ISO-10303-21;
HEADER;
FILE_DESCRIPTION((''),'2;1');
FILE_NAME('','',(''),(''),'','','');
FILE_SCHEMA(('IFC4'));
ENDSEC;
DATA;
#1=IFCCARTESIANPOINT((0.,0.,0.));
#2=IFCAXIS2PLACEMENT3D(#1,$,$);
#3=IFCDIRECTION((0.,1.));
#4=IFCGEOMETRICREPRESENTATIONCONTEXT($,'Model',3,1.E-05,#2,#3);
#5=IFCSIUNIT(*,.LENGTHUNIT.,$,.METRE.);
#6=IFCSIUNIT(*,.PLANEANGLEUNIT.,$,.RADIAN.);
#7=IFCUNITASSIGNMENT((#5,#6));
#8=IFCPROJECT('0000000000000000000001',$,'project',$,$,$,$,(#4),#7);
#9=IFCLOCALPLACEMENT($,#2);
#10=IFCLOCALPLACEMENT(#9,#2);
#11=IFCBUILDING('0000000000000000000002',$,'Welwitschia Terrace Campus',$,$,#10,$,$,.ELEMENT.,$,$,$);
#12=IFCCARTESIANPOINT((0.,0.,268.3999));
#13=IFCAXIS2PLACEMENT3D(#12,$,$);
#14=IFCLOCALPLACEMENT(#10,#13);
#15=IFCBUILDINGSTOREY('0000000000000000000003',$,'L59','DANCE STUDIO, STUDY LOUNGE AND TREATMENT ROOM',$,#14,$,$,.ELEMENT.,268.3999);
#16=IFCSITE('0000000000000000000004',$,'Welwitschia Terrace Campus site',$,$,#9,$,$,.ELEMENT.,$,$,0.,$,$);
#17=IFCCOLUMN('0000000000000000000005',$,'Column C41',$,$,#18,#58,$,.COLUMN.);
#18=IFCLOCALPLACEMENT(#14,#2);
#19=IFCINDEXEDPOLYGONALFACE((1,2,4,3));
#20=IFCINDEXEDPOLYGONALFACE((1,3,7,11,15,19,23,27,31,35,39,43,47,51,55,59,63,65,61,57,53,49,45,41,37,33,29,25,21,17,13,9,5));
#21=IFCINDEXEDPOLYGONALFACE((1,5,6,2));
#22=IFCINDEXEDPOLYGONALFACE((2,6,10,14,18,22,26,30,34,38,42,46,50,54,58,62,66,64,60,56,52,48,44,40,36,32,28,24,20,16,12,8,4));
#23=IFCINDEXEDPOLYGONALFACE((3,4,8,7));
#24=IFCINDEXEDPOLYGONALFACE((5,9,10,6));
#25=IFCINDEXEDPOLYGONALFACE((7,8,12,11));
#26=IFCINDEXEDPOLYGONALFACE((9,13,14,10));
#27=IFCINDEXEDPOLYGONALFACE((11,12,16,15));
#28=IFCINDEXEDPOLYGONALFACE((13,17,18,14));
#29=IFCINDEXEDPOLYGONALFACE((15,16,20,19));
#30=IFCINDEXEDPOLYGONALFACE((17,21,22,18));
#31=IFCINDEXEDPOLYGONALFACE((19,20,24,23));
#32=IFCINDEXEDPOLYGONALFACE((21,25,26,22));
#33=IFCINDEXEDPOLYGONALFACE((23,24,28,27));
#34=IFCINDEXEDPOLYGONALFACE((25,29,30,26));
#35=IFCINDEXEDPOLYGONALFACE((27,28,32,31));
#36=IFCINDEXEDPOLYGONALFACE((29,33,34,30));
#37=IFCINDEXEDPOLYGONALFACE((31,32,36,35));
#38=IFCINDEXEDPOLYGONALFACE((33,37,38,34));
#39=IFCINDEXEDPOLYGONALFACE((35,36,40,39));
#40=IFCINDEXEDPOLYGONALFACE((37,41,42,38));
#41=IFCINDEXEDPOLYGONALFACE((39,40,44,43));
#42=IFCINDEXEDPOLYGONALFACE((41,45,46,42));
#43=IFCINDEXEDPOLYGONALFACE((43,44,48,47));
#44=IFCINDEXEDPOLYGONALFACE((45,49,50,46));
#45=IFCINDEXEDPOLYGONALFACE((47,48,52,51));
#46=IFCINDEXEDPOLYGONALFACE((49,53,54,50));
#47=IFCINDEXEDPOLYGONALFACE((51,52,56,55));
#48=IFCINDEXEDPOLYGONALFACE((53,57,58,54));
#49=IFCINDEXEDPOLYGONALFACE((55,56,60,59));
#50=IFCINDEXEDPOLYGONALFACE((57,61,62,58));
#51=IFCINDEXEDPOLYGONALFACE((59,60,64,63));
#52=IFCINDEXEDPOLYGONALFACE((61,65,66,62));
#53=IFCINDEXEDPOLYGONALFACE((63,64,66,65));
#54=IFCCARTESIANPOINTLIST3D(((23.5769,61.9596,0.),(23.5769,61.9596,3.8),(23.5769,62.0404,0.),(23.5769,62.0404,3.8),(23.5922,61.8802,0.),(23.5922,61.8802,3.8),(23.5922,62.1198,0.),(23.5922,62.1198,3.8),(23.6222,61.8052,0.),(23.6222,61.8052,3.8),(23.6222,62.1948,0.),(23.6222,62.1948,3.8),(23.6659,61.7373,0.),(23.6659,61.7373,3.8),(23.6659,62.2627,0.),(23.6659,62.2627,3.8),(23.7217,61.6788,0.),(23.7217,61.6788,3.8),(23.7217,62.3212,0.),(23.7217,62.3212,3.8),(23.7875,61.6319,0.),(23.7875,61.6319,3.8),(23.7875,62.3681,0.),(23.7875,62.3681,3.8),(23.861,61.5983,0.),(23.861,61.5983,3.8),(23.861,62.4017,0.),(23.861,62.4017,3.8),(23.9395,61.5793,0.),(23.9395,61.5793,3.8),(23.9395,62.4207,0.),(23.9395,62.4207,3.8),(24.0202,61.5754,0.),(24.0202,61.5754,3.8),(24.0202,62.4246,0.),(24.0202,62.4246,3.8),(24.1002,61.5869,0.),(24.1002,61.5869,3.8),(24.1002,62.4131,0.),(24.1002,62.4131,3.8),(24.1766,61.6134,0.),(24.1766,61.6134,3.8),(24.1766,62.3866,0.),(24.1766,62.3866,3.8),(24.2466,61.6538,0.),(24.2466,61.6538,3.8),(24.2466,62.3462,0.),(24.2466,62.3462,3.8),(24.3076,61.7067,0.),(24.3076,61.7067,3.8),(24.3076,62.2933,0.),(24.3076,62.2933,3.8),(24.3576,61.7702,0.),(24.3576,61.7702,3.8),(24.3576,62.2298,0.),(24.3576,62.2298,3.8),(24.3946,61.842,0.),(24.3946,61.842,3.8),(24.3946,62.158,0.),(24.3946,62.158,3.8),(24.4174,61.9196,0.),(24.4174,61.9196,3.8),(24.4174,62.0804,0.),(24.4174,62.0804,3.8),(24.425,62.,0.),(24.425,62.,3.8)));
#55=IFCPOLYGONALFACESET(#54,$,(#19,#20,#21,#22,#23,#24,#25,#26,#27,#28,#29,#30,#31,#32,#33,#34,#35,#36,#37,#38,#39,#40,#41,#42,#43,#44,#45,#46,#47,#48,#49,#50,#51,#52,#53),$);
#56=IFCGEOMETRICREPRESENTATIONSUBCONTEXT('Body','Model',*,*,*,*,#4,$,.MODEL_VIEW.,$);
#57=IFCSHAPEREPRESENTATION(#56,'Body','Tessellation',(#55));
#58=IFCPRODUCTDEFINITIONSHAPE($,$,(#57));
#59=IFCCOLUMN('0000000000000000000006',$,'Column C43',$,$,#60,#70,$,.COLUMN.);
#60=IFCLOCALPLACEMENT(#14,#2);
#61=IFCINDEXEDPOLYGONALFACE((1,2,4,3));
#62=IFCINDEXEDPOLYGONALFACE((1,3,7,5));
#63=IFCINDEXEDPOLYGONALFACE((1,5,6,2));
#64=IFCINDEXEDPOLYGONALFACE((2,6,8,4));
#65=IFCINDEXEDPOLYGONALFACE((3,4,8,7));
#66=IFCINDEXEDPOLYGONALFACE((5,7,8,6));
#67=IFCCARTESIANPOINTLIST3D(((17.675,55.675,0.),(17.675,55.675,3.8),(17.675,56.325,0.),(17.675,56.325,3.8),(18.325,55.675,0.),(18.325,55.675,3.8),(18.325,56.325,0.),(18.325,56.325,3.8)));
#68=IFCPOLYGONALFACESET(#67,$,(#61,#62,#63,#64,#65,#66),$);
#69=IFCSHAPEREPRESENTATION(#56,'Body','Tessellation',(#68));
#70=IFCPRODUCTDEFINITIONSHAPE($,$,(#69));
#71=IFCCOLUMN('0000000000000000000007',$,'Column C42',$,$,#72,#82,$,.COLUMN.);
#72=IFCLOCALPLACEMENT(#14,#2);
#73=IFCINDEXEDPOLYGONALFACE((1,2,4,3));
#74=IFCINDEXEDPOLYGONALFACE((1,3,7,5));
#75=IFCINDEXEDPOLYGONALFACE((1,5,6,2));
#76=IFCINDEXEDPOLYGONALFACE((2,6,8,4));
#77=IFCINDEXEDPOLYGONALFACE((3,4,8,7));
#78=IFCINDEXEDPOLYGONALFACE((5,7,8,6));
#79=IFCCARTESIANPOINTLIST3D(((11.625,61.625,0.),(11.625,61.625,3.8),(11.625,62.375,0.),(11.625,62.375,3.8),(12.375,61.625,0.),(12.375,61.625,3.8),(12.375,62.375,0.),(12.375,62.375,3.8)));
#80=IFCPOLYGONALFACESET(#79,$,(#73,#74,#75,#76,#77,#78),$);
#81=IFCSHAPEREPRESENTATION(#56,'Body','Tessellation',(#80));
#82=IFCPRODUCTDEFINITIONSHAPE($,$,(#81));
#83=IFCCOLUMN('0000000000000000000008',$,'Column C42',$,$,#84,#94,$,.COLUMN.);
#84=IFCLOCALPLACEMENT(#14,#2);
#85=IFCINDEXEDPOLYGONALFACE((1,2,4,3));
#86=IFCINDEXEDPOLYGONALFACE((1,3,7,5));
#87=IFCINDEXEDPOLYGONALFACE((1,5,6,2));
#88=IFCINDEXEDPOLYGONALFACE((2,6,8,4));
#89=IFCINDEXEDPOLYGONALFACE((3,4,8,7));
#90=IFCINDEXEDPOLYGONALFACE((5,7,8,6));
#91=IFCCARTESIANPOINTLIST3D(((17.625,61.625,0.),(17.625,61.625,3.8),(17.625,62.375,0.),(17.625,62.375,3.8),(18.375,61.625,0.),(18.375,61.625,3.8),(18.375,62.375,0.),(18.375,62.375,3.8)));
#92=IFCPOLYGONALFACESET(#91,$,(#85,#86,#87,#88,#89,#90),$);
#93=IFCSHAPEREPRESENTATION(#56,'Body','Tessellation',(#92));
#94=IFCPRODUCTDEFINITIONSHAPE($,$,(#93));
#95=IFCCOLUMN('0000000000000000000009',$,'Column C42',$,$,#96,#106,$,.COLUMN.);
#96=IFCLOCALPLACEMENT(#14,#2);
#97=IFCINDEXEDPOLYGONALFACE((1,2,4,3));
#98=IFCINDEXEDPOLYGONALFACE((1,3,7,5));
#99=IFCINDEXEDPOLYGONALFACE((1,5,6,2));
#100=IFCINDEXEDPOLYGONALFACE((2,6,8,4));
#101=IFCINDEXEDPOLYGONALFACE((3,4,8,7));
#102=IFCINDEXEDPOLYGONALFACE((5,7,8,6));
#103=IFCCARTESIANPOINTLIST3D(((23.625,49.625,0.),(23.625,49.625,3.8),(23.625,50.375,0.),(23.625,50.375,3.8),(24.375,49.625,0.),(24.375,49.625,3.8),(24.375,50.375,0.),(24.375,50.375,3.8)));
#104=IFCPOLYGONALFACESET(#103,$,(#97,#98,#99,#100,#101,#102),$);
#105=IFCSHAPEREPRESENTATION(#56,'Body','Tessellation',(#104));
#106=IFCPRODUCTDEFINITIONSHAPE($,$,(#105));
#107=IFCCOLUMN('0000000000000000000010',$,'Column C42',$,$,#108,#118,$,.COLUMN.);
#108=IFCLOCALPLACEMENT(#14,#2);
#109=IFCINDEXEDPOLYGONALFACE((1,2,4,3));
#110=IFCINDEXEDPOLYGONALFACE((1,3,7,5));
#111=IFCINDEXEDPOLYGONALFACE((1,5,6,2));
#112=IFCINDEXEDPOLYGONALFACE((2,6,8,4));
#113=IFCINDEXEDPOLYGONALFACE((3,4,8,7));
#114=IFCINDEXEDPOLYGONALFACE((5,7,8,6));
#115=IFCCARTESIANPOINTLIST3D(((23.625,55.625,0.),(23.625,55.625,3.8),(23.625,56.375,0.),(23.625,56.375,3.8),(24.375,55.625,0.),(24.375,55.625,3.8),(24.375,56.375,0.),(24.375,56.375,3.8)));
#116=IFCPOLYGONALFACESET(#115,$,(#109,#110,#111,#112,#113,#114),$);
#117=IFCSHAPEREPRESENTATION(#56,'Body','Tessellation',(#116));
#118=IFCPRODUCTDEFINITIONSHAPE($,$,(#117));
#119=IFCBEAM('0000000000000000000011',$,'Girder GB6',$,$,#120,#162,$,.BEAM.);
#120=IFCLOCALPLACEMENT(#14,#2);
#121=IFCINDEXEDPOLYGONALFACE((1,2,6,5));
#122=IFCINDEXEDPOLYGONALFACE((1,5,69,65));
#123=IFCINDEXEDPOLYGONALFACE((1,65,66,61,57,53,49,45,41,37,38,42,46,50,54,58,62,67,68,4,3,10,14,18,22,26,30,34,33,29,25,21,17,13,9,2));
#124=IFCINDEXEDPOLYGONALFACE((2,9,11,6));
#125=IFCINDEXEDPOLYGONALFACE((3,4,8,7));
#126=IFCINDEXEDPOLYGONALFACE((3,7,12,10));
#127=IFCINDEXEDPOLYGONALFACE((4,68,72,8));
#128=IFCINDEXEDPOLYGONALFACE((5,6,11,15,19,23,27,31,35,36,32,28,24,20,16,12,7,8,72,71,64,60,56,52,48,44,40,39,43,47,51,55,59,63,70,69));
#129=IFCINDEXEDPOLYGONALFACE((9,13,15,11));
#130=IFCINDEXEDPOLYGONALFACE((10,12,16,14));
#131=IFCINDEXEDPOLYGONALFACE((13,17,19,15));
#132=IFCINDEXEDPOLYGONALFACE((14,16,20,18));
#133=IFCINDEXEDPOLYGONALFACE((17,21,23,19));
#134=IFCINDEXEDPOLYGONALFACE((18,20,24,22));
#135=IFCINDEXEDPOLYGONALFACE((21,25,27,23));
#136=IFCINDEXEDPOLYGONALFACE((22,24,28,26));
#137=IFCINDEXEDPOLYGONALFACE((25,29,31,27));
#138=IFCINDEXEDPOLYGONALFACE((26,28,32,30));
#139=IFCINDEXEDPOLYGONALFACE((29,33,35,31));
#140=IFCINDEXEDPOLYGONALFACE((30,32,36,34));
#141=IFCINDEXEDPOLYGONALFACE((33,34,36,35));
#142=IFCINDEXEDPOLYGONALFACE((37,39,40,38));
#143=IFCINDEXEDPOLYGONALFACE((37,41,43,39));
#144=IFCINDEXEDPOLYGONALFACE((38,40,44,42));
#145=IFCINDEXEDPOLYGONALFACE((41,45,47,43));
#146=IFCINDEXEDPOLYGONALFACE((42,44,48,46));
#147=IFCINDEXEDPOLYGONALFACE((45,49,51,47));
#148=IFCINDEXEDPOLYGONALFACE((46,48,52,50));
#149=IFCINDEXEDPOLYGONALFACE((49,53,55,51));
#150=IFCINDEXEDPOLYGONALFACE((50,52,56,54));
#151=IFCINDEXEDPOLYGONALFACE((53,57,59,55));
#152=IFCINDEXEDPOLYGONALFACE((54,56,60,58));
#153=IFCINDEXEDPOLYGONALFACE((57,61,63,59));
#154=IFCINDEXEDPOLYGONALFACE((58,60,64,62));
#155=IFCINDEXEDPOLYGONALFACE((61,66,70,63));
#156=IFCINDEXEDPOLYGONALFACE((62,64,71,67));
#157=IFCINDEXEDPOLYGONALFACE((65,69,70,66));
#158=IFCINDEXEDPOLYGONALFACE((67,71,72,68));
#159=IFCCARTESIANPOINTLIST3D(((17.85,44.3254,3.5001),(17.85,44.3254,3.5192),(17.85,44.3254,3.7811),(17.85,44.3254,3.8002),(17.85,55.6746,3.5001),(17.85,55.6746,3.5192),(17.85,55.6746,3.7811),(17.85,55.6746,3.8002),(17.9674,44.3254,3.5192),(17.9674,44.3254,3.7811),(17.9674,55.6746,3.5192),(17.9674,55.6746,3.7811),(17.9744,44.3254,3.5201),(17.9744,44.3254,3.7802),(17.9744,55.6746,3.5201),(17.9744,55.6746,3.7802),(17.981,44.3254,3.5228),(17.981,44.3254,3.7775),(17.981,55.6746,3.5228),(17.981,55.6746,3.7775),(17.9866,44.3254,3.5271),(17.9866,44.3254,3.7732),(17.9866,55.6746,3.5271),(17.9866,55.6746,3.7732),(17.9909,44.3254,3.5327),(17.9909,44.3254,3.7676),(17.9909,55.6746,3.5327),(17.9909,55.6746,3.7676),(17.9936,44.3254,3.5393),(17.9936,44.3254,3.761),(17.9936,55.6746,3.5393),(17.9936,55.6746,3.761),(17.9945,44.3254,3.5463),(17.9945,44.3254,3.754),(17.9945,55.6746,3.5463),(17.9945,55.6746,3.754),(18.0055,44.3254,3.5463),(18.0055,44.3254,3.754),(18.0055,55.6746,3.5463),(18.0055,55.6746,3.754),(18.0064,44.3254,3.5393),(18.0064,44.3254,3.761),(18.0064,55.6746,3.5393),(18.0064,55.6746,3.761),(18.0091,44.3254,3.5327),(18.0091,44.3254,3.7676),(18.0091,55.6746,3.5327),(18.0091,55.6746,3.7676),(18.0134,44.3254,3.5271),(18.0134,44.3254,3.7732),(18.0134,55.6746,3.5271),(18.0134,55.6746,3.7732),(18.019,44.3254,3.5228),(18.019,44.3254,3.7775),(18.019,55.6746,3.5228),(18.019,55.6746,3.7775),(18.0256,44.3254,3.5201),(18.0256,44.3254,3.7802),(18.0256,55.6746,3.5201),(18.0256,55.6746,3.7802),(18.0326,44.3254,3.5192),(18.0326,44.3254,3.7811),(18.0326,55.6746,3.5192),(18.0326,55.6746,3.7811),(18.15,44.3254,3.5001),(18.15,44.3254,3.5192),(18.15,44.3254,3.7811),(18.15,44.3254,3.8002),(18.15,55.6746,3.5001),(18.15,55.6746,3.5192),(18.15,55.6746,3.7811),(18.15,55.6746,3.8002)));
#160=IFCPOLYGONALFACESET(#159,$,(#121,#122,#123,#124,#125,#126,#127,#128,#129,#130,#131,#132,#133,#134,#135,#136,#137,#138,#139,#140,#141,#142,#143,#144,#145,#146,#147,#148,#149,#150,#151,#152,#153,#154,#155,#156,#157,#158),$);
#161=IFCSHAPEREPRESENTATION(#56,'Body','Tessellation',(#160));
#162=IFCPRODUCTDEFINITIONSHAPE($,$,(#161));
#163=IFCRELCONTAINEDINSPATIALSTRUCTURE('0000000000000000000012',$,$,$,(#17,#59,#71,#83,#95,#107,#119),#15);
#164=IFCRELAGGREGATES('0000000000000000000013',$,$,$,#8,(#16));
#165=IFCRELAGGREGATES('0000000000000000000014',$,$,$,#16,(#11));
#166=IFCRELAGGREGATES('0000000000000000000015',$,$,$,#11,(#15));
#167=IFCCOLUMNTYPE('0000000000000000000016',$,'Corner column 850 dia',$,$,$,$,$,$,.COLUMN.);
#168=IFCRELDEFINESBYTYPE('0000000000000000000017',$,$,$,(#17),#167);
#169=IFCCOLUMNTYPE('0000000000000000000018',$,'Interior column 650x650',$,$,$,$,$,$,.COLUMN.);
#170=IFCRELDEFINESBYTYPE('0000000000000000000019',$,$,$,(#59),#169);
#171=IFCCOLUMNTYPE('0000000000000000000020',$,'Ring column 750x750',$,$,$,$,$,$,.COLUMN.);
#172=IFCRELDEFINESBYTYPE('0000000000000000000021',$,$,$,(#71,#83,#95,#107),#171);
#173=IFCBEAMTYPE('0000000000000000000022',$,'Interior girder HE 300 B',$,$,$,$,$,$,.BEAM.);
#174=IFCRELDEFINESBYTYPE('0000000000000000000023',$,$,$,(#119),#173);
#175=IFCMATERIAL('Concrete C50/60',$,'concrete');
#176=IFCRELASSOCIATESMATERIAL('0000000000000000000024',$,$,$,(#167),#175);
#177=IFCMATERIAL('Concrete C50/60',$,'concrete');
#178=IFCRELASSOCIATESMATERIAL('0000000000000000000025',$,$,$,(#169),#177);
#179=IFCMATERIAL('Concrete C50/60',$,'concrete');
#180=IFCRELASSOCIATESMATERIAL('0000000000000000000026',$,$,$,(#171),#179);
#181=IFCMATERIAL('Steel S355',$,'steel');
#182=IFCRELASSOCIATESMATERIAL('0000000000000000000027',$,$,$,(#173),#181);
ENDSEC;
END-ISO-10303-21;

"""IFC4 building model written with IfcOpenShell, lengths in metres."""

from ifc_helpers import new_model, si_unit, direction, frame, origin, origin_2d, place, context, subcontext, project, spatial, rectangle, circle, i_section, extrude, material, material_profile, profile_set, type_object, element, save


model = new_model("IFC4")

# Units and contexts
model_context = context("Model", 3, precision=1e-05, world=origin(), true_north=direction((0.0, 1.0)))
body_context = subcontext(model_context, "Body", "Model", "MODEL_VIEW")
ifc_project = project(units=[si_unit("LENGTHUNIT", "METRE"), si_unit("PLANEANGLEUNIT", "RADIAN")], contexts=[model_context])

# Site, building, storey
site_placement = place(None, origin())
site = spatial("IfcSite", under=ifc_project, at=site_placement, Name="Welwitschia Terrace Campus site", CompositionType="ELEMENT", RefElevation=0.0)
building_placement = place(site_placement, origin())
building = spatial("IfcBuilding", under=site, at=building_placement, Name="Welwitschia Terrace Campus", CompositionType="ELEMENT")
storey_placement = place(building_placement, frame((0.0, 0.0, 268.3999)))
storey = spatial("IfcBuildingStorey", under=building, at=storey_placement, Name="L59", Description="DANCE STUDIO, STUDY LOUNGE AND TREATMENT ROOM", CompositionType="ELEMENT", Elevation=268.3999)

# Columns
ifc_material_1 = material(Name="Concrete C50/60", Category="concrete")
ifc_material_profile_1 = material_profile(ifc_material_1, circle(Radius=0.425, at=origin_2d()))
ifc_profile_set_1 = profile_set([ifc_material_profile_1], Name="Concrete C50/60")
column_type_1 = type_object("IfcColumnType", Name="Corner column 850 dia", PredefinedType="COLUMN", material=ifc_profile_set_1)
column_1_placement = place(storey_placement, frame((24.0, 62.0, 0.0), z_axis=(0.0, 0.0, 1.0), x_axis=(1.0, 0.0, 0.0)))
element("IfcColumn", 1, at=column_1_placement, inside=storey, type_object=column_type_1, Name="Column C41", PredefinedType="COLUMN", context=body_context, shape_type="SweptSolid", body=[
    extrude(circle(Radius=0.425, at=origin_2d()), origin(), (0.0, 0.0, 1.0), 3.8),
])
ifc_material_2 = material(Name="Concrete C50/60", Category="concrete")
ifc_material_profile_2 = material_profile(ifc_material_2, rectangle(XDim=0.6499, YDim=0.6499, at=origin_2d()))
ifc_profile_set_2 = profile_set([ifc_material_profile_2], Name="Concrete C50/60")
column_type_2 = type_object("IfcColumnType", Name="Interior column 650x650", PredefinedType="COLUMN", material=ifc_profile_set_2)
column_2_placement = place(storey_placement, frame((18.0, 56.0, 0.0), z_axis=(0.0, 0.0, 1.0), x_axis=(1.0, 0.0, 0.0)))
element("IfcColumn", 2, at=column_2_placement, inside=storey, type_object=column_type_2, Name="Column C43", PredefinedType="COLUMN", context=body_context, shape_type="SweptSolid", body=[
    extrude(rectangle(XDim=0.6499, YDim=0.6499, at=origin_2d()), origin(), (0.0, 0.0, 1.0), 3.8),
])
ifc_material_3 = material(Name="Concrete C50/60", Category="concrete")
ifc_material_profile_3 = material_profile(ifc_material_3, rectangle(XDim=0.75, YDim=0.75, at=origin_2d()))
ifc_profile_set_3 = profile_set([ifc_material_profile_3], Name="Concrete C50/60")
column_type_3 = type_object("IfcColumnType", Name="Ring column 750x750", PredefinedType="COLUMN", material=ifc_profile_set_3)
for number, where, z_axis, x_axis, name in (
    (3, (12.0, 62.0, 0.0), (0.0, 0.0, 1.0), (1.0, 0.0, 0.0), "Column C42"),
    (4, (18.0, 62.0, 0.0), (0.0, 0.0, 1.0), (1.0, 0.0, 0.0), "Column C42"),
    (5, (24.0, 50.0, 0.0), (0.0, 0.0, 1.0), (1.0, 0.0, 0.0), "Column C42"),
    (6, (24.0, 56.0, 0.0), (0.0, 0.0, 1.0), (1.0, 0.0, 0.0), "Column C42"),
):
    element("IfcColumn", number, at=place(storey_placement, frame(where, z_axis=z_axis, x_axis=x_axis)), inside=storey, type_object=column_type_3, Name=name, PredefinedType="COLUMN", context=body_context, shape_type="SweptSolid", body=[
        extrude(rectangle(XDim=0.75, YDim=0.75, at=origin_2d()), origin(), (0.0, 0.0, 1.0), 3.8),
    ])

# Beam
ifc_material_4 = material(Name="Steel S355", Category="steel")
ifc_material_profile_4 = material_profile(ifc_material_4, i_section(OverallWidth=0.3, OverallDepth=0.3, WebThickness=0.011, FlangeThickness=0.019, FilletRadius=0.0271, at=origin_2d()))
ifc_profile_set_4 = profile_set([ifc_material_profile_4], Name="Steel S355")
beam_type_1 = type_object("IfcBeamType", Name="Interior girder HE 300 B", PredefinedType="BEAM", material=ifc_profile_set_4)
beam_1_placement = place(storey_placement, frame((18.0, 44.3254, 3.6501), z_axis=(0.0, 1.0, 0.0), x_axis=(-1.0, 0.0, 0.0)))
element("IfcBeam", 7, at=beam_1_placement, inside=storey, type_object=beam_type_1, Name="Girder GB6", PredefinedType="BEAM", context=body_context, shape_type="SweptSolid", body=[
    extrude(i_section(OverallWidth=0.3, OverallDepth=0.3, WebThickness=0.011, FlangeThickness=0.019, FilletRadius=0.0271, at=origin_2d()), origin(), (0.0, 0.0, 1.0), 11.3491),
])

save(model, "model.ifc")
